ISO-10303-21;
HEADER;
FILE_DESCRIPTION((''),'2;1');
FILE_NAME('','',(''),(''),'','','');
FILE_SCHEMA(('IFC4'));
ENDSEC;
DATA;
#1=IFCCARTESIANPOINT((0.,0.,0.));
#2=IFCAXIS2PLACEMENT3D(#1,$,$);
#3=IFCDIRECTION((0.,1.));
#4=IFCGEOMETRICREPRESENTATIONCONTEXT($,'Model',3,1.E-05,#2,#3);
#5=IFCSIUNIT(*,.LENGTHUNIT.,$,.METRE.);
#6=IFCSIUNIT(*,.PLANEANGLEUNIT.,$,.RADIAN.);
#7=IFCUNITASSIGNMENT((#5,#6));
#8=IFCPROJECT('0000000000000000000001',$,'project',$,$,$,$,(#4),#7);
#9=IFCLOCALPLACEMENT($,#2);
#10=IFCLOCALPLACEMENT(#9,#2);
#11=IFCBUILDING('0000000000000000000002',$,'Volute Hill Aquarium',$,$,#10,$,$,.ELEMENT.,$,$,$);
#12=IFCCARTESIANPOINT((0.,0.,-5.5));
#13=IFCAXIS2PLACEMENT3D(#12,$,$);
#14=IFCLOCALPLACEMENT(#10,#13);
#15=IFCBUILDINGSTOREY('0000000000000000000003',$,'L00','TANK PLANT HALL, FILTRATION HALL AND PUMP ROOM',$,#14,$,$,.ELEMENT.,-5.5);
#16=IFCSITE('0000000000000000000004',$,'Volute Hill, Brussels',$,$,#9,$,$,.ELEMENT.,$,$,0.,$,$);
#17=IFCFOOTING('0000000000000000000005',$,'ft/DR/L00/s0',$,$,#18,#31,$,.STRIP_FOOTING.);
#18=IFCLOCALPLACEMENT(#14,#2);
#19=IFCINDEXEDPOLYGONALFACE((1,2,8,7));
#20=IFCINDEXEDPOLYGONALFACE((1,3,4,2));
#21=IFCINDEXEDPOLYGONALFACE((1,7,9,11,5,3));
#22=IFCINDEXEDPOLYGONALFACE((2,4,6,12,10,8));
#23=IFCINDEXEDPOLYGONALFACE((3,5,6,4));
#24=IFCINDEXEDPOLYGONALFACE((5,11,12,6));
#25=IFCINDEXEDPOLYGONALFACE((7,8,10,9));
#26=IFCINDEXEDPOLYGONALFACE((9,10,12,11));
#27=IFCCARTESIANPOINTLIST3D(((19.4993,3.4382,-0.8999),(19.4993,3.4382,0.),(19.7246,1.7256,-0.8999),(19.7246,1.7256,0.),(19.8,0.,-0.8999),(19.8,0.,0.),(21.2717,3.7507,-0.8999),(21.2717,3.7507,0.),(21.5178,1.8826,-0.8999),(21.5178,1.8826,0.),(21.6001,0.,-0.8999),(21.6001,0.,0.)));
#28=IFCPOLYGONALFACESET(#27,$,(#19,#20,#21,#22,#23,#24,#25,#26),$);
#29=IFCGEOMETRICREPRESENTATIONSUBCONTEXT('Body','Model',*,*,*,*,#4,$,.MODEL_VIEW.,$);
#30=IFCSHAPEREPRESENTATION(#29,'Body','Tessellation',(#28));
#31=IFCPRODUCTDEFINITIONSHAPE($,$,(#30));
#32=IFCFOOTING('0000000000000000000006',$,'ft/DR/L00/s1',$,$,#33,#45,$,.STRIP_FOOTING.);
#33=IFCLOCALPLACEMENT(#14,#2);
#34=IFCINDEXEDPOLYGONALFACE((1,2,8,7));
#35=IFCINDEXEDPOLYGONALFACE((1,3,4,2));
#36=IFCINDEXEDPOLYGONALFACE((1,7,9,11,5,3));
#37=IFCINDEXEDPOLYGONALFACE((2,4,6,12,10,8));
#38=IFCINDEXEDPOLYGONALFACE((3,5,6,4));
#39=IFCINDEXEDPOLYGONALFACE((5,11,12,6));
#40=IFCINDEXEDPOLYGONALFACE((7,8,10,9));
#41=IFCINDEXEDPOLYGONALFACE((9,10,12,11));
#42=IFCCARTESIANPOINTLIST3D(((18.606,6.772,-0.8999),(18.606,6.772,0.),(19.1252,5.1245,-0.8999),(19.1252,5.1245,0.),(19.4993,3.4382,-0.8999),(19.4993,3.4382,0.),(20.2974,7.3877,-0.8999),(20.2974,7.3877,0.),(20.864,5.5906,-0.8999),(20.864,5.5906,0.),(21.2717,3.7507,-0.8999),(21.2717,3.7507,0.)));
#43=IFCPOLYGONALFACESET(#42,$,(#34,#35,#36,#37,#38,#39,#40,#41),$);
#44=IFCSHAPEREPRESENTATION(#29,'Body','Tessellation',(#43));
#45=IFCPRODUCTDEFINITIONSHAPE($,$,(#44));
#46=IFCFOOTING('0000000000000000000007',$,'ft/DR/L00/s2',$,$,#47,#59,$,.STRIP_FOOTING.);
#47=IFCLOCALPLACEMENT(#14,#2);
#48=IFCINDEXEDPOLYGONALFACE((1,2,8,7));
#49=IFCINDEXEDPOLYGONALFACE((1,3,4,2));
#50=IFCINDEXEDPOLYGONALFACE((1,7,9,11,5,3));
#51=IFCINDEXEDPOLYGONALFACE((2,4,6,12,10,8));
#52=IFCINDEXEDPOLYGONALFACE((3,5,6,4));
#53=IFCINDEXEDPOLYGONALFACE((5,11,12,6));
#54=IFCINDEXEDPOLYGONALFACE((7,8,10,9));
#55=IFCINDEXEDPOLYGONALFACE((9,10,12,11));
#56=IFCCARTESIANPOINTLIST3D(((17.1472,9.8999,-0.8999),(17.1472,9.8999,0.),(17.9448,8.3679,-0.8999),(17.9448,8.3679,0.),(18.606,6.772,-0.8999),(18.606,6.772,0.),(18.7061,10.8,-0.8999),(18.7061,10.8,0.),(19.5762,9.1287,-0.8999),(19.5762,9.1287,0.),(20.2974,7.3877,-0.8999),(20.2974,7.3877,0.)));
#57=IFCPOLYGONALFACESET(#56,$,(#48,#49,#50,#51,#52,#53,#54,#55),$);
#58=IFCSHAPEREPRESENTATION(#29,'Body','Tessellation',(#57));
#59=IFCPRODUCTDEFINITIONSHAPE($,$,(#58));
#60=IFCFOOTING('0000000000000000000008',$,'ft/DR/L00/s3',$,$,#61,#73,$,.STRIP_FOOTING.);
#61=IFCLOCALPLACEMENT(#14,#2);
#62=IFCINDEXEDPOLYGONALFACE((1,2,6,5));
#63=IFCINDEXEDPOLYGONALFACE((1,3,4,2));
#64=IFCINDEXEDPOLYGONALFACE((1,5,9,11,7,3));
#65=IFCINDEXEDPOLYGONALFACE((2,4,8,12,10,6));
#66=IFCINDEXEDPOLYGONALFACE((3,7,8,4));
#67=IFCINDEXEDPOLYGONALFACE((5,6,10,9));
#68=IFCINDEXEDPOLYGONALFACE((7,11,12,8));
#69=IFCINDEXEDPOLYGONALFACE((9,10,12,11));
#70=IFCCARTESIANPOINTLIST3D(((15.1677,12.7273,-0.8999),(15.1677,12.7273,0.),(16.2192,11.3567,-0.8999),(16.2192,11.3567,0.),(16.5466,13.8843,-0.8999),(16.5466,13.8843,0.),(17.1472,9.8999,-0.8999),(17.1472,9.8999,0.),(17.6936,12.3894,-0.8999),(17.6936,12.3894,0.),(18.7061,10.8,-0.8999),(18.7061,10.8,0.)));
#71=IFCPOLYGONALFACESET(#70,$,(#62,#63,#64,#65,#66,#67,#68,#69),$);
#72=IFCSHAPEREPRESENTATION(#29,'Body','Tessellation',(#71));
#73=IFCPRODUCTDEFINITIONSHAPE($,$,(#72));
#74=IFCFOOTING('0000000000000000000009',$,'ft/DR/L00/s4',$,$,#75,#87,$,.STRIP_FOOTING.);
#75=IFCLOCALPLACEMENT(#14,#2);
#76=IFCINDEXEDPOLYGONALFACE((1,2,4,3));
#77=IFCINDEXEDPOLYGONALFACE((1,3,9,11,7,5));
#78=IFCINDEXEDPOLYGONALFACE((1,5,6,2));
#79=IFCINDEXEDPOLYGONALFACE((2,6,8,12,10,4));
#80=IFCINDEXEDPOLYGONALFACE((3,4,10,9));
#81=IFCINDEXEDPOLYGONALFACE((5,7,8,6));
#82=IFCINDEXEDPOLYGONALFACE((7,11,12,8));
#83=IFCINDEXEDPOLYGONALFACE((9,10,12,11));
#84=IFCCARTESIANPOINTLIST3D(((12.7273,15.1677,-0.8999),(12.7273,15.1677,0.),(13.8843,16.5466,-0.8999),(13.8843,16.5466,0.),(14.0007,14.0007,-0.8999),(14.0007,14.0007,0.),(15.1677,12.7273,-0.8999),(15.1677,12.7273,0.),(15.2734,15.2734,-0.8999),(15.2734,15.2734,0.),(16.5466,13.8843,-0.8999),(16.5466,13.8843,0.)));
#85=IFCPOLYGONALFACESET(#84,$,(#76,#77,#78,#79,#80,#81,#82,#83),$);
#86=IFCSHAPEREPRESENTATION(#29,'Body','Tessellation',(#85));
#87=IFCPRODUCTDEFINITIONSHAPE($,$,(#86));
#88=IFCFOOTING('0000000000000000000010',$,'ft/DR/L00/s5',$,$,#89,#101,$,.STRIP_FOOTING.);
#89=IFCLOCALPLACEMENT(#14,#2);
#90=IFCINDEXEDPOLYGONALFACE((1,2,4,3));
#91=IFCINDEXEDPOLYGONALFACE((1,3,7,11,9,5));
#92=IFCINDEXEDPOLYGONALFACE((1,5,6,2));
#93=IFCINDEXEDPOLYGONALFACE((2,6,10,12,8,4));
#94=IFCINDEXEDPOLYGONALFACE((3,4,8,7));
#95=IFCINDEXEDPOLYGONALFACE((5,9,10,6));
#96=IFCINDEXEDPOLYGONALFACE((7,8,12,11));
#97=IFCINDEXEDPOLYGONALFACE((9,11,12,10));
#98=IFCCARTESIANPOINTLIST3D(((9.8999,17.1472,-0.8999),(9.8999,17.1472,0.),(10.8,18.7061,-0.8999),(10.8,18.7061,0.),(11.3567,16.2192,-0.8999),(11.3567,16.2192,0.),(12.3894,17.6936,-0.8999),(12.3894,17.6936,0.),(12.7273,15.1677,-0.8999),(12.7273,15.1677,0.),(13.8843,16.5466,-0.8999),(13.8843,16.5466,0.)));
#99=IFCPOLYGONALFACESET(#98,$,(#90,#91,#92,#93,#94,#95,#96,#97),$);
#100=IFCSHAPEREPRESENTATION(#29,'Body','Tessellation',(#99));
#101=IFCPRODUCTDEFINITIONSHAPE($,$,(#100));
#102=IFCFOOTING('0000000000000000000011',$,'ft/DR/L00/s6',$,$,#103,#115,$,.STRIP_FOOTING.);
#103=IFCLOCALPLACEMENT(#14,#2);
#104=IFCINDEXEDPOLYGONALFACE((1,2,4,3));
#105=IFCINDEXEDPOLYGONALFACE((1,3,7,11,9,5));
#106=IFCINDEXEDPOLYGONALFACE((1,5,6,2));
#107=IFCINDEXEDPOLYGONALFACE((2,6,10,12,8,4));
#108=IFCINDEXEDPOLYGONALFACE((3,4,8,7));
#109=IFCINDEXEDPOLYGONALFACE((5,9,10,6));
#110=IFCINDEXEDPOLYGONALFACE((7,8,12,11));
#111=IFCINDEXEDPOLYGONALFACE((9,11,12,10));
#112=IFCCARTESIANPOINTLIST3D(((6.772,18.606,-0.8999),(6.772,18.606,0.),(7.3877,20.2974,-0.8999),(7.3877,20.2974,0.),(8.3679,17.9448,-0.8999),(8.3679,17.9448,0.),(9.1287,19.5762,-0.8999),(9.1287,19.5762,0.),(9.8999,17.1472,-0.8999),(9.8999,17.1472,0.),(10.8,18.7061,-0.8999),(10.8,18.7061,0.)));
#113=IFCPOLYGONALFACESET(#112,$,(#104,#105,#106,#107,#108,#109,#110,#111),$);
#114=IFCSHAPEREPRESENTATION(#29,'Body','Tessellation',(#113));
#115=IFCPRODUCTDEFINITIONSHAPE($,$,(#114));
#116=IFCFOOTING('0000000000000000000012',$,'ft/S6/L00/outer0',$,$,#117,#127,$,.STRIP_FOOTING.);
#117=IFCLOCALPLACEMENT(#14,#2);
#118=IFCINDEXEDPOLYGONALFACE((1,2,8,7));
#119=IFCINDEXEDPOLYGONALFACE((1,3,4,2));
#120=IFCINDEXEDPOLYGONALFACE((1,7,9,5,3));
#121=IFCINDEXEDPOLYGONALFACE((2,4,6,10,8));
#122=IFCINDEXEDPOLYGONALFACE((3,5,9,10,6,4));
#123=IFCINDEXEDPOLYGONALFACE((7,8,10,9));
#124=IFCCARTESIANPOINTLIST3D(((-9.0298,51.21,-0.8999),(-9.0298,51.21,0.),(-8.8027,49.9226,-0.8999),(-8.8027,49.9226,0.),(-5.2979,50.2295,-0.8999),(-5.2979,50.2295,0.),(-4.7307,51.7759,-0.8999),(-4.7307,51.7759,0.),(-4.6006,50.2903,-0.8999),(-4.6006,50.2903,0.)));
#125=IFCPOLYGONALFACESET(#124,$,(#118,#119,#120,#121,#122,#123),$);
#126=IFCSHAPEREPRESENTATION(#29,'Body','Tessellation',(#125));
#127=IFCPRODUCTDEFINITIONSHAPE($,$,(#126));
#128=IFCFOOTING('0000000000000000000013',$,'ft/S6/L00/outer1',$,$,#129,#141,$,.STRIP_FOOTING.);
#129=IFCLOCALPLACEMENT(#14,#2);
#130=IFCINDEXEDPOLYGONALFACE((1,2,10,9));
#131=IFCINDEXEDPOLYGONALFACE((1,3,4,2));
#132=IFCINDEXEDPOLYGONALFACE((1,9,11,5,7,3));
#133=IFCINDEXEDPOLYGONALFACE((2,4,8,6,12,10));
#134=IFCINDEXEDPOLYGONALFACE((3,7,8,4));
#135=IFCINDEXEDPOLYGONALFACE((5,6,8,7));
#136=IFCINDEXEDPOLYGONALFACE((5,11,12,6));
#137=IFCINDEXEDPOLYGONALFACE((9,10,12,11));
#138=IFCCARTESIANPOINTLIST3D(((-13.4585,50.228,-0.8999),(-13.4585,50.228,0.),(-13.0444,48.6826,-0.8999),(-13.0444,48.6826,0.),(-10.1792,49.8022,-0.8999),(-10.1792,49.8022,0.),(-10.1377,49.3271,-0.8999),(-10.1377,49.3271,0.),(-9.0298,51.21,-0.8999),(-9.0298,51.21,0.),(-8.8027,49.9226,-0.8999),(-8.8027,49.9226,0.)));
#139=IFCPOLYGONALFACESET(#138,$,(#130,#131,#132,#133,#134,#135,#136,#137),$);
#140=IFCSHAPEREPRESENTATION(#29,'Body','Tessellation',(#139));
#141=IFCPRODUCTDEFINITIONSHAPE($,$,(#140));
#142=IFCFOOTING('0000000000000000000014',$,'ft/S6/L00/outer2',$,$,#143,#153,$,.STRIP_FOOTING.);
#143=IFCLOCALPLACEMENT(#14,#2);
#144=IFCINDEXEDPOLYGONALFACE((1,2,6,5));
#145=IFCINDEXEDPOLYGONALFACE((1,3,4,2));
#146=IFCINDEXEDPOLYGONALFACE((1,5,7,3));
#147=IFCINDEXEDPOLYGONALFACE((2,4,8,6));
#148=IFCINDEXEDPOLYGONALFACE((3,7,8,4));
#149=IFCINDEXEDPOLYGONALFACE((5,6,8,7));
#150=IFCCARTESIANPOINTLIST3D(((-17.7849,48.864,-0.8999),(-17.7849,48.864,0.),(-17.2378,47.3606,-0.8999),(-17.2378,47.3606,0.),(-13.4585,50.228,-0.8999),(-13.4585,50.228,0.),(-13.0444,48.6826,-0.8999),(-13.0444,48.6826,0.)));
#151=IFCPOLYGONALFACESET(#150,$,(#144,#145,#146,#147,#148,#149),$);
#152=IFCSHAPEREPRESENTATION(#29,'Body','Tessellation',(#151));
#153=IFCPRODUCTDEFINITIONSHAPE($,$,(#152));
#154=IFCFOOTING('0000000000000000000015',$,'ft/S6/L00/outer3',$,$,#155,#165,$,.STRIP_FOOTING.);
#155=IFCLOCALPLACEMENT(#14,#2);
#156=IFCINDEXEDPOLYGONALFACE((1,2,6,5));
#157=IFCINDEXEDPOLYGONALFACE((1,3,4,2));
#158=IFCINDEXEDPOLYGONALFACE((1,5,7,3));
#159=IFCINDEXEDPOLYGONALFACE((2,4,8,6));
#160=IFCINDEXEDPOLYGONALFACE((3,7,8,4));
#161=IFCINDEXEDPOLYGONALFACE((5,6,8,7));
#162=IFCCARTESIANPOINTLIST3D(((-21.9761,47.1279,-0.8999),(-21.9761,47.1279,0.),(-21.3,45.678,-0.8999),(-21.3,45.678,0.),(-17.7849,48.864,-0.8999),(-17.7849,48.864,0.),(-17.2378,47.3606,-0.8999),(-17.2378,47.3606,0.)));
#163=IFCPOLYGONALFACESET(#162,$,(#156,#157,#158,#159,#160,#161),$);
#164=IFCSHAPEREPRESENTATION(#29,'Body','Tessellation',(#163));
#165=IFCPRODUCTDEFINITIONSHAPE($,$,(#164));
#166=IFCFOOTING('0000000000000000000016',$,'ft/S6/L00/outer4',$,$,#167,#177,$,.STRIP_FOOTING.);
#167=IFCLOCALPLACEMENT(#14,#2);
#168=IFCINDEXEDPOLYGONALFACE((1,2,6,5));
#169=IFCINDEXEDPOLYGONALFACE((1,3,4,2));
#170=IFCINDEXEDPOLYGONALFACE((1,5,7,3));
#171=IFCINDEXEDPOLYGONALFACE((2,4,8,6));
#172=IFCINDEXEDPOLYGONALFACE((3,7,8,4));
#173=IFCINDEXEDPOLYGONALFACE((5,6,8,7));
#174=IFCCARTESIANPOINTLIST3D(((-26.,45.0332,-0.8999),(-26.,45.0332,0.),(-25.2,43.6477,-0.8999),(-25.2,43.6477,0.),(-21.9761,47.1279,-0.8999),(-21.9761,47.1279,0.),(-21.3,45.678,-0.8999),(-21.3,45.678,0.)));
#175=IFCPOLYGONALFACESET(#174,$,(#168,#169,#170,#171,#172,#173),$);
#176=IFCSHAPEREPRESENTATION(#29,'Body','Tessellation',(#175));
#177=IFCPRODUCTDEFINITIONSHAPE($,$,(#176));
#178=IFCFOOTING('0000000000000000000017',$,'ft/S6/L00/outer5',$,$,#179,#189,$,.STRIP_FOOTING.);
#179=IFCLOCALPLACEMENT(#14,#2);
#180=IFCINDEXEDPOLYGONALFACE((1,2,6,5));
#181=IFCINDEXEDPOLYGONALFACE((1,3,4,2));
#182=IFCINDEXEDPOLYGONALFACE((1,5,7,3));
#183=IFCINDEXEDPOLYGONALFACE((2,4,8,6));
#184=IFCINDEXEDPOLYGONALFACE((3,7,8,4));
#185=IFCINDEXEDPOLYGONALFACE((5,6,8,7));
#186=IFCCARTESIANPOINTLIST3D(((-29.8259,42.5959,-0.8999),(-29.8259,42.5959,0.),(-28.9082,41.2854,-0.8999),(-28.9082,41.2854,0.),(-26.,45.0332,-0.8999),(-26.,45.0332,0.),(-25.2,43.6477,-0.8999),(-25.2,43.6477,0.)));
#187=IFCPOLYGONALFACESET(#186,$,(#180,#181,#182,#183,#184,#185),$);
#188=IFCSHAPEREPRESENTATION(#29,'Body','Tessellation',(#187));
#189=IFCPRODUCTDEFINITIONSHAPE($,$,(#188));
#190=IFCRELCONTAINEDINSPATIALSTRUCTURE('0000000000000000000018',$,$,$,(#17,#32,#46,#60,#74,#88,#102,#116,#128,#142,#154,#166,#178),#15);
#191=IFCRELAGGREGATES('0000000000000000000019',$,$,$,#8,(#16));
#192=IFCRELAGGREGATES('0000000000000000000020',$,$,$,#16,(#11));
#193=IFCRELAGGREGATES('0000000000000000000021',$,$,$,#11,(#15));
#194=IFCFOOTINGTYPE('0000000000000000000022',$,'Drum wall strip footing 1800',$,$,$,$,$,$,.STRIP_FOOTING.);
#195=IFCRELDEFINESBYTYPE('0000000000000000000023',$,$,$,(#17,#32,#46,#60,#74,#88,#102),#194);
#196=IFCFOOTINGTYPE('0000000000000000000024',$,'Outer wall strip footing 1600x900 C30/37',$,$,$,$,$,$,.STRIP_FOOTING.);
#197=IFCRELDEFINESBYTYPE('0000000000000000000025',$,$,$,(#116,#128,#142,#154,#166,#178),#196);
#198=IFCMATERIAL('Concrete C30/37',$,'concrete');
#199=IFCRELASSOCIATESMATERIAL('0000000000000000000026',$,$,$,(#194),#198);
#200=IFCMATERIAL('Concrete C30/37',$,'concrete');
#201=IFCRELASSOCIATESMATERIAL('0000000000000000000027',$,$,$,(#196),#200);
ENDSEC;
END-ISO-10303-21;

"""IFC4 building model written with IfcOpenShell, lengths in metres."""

from ifc_helpers import new_model, si_unit, direction, frame, origin, place, context, subcontext, project, spatial, polyline, outline, extrude, material, type_object, element, save


model = new_model("IFC4")

# Units and contexts
model_context = context("Model", 3, precision=1e-05, world=origin(), true_north=direction((0.0, 1.0)))
body_context = subcontext(model_context, "Body", "Model", "MODEL_VIEW")
ifc_project = project(units=[si_unit("LENGTHUNIT", "METRE"), si_unit("PLANEANGLEUNIT", "RADIAN")], contexts=[model_context])

# Site, building, storey
site_placement = place(None, origin())
site = spatial("IfcSite", under=ifc_project, at=site_placement, Name="Volute Hill, Brussels", CompositionType="ELEMENT", RefElevation=0.0)
building_placement = place(site_placement, origin())
building = spatial("IfcBuilding", under=site, at=building_placement, Name="Volute Hill Aquarium", CompositionType="ELEMENT")
storey_placement = place(building_placement, frame((0.0, 0.0, -5.5)))
storey = spatial("IfcBuildingStorey", under=building, at=storey_placement, Name="L00", Description="TANK PLANT HALL, FILTRATION HALL AND PUMP ROOM", CompositionType="ELEMENT", Elevation=-5.5)

# Footings
ifc_material_1 = material(Name="Concrete C30/37", Category="concrete")
footing_type_1 = type_object("IfcFootingType", Name="Drum wall strip footing 1800", PredefinedType="STRIP_FOOTING", material=ifc_material_1)
footing_1_placement = place(storey_placement, frame((0.0, 0.0, -0.8999)))
element("IfcFooting", 1, at=footing_1_placement, inside=storey, type_object=footing_type_1, Name="ft/DR/L00/s0", PredefinedType="STRIP_FOOTING", context=body_context, shape_type="SweptSolid", body=[
    extrude(outline(polyline([(21.6001, 0.0), (21.5178, 1.8826), (21.2717, 3.7507), (19.4993, 3.4382), (19.7246, 1.7256), (19.8, 0.0), (21.6001, 0.0)])), origin(), (0.0, 0.0, 1.0), 0.8999),
])
footing_2_placement = place(storey_placement, frame((0.0, 0.0, -0.8999)))
element("IfcFooting", 2, at=footing_2_placement, inside=storey, type_object=footing_type_1, Name="ft/DR/L00/s1", PredefinedType="STRIP_FOOTING", context=body_context, shape_type="SweptSolid", body=[
    extrude(outline(polyline([(21.2717, 3.7507), (20.864, 5.5906), (20.2974, 7.3877), (18.606, 6.772), (19.1252, 5.1245), (19.4993, 3.4382), (21.2717, 3.7507)])), origin(), (0.0, 0.0, 1.0), 0.8999),
])
footing_3_placement = place(storey_placement, frame((0.0, 0.0, -0.8999)))
element("IfcFooting", 3, at=footing_3_placement, inside=storey, type_object=footing_type_1, Name="ft/DR/L00/s2", PredefinedType="STRIP_FOOTING", context=body_context, shape_type="SweptSolid", body=[
    extrude(outline(polyline([(20.2974, 7.3877), (19.5762, 9.1287), (18.7061, 10.8), (17.1472, 9.8999), (17.9448, 8.3679), (18.606, 6.772), (20.2974, 7.3877)])), origin(), (0.0, 0.0, 1.0), 0.8999),
])
footing_4_placement = place(storey_placement, frame((0.0, 0.0, -0.8999)))
element("IfcFooting", 4, at=footing_4_placement, inside=storey, type_object=footing_type_1, Name="ft/DR/L00/s3", PredefinedType="STRIP_FOOTING", context=body_context, shape_type="SweptSolid", body=[
    extrude(outline(polyline([(18.7061, 10.8), (17.6936, 12.3894), (16.5466, 13.8843), (15.1677, 12.7273), (16.2192, 11.3567), (17.1472, 9.8999), (18.7061, 10.8)])), origin(), (0.0, 0.0, 1.0), 0.8999),
])
footing_5_placement = place(storey_placement, frame((0.0, 0.0, -0.8999)))
element("IfcFooting", 5, at=footing_5_placement, inside=storey, type_object=footing_type_1, Name="ft/DR/L00/s4", PredefinedType="STRIP_FOOTING", context=body_context, shape_type="SweptSolid", body=[
    extrude(outline(polyline([(16.5466, 13.8843), (15.2734, 15.2734), (13.8843, 16.5466), (12.7273, 15.1677), (14.0007, 14.0007), (15.1677, 12.7273), (16.5466, 13.8843)])), origin(), (0.0, 0.0, 1.0), 0.8999),
])
footing_6_placement = place(storey_placement, frame((0.0, 0.0, -0.8999)))
element("IfcFooting", 6, at=footing_6_placement, inside=storey, type_object=footing_type_1, Name="ft/DR/L00/s5", PredefinedType="STRIP_FOOTING", context=body_context, shape_type="SweptSolid", body=[
    extrude(outline(polyline([(13.8843, 16.5466), (12.3894, 17.6936), (10.8, 18.7061), (9.8999, 17.1472), (11.3567, 16.2192), (12.7273, 15.1677), (13.8843, 16.5466)])), origin(), (0.0, 0.0, 1.0), 0.8999),
])
footing_7_placement = place(storey_placement, frame((0.0, 0.0, -0.8999)))
element("IfcFooting", 7, at=footing_7_placement, inside=storey, type_object=footing_type_1, Name="ft/DR/L00/s6", PredefinedType="STRIP_FOOTING", context=body_context, shape_type="SweptSolid", body=[
    extrude(outline(polyline([(10.8, 18.7061), (9.1287, 19.5762), (7.3877, 20.2974), (6.772, 18.606), (8.3679, 17.9448), (9.8999, 17.1472), (10.8, 18.7061)])), origin(), (0.0, 0.0, 1.0), 0.8999),
])
ifc_material_2 = material(Name="Concrete C30/37", Category="concrete")
footing_type_2 = type_object("IfcFootingType", Name="Outer wall strip footing 1600x900 C30/37", PredefinedType="STRIP_FOOTING", material=ifc_material_2)
footing_8_placement = place(storey_placement, frame((0.0, 0.0, -0.8999)))
element("IfcFooting", 8, at=footing_8_placement, inside=storey, type_object=footing_type_2, Name="ft/S6/L00/outer0", PredefinedType="STRIP_FOOTING", context=body_context, shape_type="SweptSolid", body=[
    extrude(outline(polyline([(-9.0298, 51.21), (-4.7307, 51.7759), (-4.6006, 50.2903), (-5.2979, 50.2295), (-5.2979, 50.2295), (-8.8027, 49.9226), (-9.0298, 51.21)])), origin(), (0.0, 0.0, 1.0), 0.8999),
])
footing_9_placement = place(storey_placement, frame((0.0, 0.0, -0.8999)))
element("IfcFooting", 9, at=footing_9_placement, inside=storey, type_object=footing_type_2, Name="ft/S6/L00/outer1", PredefinedType="STRIP_FOOTING", context=body_context, shape_type="SweptSolid", body=[
    extrude(outline(polyline([(-13.4585, 50.228), (-9.0298, 51.21), (-8.8027, 49.9226), (-10.1792, 49.8022), (-10.1377, 49.3271), (-13.0444, 48.6826), (-13.4585, 50.228)])), origin(), (0.0, 0.0, 1.0), 0.8999),
])
footing_10_placement = place(storey_placement, frame((0.0, 0.0, -0.8999)))
element("IfcFooting", 10, at=footing_10_placement, inside=storey, type_object=footing_type_2, Name="ft/S6/L00/outer2", PredefinedType="STRIP_FOOTING", context=body_context, shape_type="SweptSolid", body=[
    extrude(outline(polyline([(-17.7849, 48.864), (-13.4585, 50.228), (-13.0444, 48.6826), (-17.2378, 47.3606), (-17.7849, 48.864)])), origin(), (0.0, 0.0, 1.0), 0.8999),
])
footing_11_placement = place(storey_placement, frame((0.0, 0.0, -0.8999)))
element("IfcFooting", 11, at=footing_11_placement, inside=storey, type_object=footing_type_2, Name="ft/S6/L00/outer3", PredefinedType="STRIP_FOOTING", context=body_context, shape_type="SweptSolid", body=[
    extrude(outline(polyline([(-21.9761, 47.1279), (-17.7849, 48.864), (-17.2378, 47.3606), (-21.3, 45.678), (-21.9761, 47.1279)])), origin(), (0.0, 0.0, 1.0), 0.8999),
])
footing_12_placement = place(storey_placement, frame((0.0, 0.0, -0.8999)))
element("IfcFooting", 12, at=footing_12_placement, inside=storey, type_object=footing_type_2, Name="ft/S6/L00/outer4", PredefinedType="STRIP_FOOTING", context=body_context, shape_type="SweptSolid", body=[
    extrude(outline(polyline([(-26.0, 45.0332), (-21.9761, 47.1279), (-21.3, 45.678), (-25.2, 43.6477), (-26.0, 45.0332)])), origin(), (0.0, 0.0, 1.0), 0.8999),
])
footing_13_placement = place(storey_placement, frame((0.0, 0.0, -0.8999)))
element("IfcFooting", 13, at=footing_13_placement, inside=storey, type_object=footing_type_2, Name="ft/S6/L00/outer5", PredefinedType="STRIP_FOOTING", context=body_context, shape_type="SweptSolid", body=[
    extrude(outline(polyline([(-29.8259, 42.5959), (-26.0, 45.0332), (-25.2, 43.6477), (-28.9082, 41.2854), (-29.8259, 42.5959)])), origin(), (0.0, 0.0, 1.0), 0.8999),
])

save(model, "model.ifc")
